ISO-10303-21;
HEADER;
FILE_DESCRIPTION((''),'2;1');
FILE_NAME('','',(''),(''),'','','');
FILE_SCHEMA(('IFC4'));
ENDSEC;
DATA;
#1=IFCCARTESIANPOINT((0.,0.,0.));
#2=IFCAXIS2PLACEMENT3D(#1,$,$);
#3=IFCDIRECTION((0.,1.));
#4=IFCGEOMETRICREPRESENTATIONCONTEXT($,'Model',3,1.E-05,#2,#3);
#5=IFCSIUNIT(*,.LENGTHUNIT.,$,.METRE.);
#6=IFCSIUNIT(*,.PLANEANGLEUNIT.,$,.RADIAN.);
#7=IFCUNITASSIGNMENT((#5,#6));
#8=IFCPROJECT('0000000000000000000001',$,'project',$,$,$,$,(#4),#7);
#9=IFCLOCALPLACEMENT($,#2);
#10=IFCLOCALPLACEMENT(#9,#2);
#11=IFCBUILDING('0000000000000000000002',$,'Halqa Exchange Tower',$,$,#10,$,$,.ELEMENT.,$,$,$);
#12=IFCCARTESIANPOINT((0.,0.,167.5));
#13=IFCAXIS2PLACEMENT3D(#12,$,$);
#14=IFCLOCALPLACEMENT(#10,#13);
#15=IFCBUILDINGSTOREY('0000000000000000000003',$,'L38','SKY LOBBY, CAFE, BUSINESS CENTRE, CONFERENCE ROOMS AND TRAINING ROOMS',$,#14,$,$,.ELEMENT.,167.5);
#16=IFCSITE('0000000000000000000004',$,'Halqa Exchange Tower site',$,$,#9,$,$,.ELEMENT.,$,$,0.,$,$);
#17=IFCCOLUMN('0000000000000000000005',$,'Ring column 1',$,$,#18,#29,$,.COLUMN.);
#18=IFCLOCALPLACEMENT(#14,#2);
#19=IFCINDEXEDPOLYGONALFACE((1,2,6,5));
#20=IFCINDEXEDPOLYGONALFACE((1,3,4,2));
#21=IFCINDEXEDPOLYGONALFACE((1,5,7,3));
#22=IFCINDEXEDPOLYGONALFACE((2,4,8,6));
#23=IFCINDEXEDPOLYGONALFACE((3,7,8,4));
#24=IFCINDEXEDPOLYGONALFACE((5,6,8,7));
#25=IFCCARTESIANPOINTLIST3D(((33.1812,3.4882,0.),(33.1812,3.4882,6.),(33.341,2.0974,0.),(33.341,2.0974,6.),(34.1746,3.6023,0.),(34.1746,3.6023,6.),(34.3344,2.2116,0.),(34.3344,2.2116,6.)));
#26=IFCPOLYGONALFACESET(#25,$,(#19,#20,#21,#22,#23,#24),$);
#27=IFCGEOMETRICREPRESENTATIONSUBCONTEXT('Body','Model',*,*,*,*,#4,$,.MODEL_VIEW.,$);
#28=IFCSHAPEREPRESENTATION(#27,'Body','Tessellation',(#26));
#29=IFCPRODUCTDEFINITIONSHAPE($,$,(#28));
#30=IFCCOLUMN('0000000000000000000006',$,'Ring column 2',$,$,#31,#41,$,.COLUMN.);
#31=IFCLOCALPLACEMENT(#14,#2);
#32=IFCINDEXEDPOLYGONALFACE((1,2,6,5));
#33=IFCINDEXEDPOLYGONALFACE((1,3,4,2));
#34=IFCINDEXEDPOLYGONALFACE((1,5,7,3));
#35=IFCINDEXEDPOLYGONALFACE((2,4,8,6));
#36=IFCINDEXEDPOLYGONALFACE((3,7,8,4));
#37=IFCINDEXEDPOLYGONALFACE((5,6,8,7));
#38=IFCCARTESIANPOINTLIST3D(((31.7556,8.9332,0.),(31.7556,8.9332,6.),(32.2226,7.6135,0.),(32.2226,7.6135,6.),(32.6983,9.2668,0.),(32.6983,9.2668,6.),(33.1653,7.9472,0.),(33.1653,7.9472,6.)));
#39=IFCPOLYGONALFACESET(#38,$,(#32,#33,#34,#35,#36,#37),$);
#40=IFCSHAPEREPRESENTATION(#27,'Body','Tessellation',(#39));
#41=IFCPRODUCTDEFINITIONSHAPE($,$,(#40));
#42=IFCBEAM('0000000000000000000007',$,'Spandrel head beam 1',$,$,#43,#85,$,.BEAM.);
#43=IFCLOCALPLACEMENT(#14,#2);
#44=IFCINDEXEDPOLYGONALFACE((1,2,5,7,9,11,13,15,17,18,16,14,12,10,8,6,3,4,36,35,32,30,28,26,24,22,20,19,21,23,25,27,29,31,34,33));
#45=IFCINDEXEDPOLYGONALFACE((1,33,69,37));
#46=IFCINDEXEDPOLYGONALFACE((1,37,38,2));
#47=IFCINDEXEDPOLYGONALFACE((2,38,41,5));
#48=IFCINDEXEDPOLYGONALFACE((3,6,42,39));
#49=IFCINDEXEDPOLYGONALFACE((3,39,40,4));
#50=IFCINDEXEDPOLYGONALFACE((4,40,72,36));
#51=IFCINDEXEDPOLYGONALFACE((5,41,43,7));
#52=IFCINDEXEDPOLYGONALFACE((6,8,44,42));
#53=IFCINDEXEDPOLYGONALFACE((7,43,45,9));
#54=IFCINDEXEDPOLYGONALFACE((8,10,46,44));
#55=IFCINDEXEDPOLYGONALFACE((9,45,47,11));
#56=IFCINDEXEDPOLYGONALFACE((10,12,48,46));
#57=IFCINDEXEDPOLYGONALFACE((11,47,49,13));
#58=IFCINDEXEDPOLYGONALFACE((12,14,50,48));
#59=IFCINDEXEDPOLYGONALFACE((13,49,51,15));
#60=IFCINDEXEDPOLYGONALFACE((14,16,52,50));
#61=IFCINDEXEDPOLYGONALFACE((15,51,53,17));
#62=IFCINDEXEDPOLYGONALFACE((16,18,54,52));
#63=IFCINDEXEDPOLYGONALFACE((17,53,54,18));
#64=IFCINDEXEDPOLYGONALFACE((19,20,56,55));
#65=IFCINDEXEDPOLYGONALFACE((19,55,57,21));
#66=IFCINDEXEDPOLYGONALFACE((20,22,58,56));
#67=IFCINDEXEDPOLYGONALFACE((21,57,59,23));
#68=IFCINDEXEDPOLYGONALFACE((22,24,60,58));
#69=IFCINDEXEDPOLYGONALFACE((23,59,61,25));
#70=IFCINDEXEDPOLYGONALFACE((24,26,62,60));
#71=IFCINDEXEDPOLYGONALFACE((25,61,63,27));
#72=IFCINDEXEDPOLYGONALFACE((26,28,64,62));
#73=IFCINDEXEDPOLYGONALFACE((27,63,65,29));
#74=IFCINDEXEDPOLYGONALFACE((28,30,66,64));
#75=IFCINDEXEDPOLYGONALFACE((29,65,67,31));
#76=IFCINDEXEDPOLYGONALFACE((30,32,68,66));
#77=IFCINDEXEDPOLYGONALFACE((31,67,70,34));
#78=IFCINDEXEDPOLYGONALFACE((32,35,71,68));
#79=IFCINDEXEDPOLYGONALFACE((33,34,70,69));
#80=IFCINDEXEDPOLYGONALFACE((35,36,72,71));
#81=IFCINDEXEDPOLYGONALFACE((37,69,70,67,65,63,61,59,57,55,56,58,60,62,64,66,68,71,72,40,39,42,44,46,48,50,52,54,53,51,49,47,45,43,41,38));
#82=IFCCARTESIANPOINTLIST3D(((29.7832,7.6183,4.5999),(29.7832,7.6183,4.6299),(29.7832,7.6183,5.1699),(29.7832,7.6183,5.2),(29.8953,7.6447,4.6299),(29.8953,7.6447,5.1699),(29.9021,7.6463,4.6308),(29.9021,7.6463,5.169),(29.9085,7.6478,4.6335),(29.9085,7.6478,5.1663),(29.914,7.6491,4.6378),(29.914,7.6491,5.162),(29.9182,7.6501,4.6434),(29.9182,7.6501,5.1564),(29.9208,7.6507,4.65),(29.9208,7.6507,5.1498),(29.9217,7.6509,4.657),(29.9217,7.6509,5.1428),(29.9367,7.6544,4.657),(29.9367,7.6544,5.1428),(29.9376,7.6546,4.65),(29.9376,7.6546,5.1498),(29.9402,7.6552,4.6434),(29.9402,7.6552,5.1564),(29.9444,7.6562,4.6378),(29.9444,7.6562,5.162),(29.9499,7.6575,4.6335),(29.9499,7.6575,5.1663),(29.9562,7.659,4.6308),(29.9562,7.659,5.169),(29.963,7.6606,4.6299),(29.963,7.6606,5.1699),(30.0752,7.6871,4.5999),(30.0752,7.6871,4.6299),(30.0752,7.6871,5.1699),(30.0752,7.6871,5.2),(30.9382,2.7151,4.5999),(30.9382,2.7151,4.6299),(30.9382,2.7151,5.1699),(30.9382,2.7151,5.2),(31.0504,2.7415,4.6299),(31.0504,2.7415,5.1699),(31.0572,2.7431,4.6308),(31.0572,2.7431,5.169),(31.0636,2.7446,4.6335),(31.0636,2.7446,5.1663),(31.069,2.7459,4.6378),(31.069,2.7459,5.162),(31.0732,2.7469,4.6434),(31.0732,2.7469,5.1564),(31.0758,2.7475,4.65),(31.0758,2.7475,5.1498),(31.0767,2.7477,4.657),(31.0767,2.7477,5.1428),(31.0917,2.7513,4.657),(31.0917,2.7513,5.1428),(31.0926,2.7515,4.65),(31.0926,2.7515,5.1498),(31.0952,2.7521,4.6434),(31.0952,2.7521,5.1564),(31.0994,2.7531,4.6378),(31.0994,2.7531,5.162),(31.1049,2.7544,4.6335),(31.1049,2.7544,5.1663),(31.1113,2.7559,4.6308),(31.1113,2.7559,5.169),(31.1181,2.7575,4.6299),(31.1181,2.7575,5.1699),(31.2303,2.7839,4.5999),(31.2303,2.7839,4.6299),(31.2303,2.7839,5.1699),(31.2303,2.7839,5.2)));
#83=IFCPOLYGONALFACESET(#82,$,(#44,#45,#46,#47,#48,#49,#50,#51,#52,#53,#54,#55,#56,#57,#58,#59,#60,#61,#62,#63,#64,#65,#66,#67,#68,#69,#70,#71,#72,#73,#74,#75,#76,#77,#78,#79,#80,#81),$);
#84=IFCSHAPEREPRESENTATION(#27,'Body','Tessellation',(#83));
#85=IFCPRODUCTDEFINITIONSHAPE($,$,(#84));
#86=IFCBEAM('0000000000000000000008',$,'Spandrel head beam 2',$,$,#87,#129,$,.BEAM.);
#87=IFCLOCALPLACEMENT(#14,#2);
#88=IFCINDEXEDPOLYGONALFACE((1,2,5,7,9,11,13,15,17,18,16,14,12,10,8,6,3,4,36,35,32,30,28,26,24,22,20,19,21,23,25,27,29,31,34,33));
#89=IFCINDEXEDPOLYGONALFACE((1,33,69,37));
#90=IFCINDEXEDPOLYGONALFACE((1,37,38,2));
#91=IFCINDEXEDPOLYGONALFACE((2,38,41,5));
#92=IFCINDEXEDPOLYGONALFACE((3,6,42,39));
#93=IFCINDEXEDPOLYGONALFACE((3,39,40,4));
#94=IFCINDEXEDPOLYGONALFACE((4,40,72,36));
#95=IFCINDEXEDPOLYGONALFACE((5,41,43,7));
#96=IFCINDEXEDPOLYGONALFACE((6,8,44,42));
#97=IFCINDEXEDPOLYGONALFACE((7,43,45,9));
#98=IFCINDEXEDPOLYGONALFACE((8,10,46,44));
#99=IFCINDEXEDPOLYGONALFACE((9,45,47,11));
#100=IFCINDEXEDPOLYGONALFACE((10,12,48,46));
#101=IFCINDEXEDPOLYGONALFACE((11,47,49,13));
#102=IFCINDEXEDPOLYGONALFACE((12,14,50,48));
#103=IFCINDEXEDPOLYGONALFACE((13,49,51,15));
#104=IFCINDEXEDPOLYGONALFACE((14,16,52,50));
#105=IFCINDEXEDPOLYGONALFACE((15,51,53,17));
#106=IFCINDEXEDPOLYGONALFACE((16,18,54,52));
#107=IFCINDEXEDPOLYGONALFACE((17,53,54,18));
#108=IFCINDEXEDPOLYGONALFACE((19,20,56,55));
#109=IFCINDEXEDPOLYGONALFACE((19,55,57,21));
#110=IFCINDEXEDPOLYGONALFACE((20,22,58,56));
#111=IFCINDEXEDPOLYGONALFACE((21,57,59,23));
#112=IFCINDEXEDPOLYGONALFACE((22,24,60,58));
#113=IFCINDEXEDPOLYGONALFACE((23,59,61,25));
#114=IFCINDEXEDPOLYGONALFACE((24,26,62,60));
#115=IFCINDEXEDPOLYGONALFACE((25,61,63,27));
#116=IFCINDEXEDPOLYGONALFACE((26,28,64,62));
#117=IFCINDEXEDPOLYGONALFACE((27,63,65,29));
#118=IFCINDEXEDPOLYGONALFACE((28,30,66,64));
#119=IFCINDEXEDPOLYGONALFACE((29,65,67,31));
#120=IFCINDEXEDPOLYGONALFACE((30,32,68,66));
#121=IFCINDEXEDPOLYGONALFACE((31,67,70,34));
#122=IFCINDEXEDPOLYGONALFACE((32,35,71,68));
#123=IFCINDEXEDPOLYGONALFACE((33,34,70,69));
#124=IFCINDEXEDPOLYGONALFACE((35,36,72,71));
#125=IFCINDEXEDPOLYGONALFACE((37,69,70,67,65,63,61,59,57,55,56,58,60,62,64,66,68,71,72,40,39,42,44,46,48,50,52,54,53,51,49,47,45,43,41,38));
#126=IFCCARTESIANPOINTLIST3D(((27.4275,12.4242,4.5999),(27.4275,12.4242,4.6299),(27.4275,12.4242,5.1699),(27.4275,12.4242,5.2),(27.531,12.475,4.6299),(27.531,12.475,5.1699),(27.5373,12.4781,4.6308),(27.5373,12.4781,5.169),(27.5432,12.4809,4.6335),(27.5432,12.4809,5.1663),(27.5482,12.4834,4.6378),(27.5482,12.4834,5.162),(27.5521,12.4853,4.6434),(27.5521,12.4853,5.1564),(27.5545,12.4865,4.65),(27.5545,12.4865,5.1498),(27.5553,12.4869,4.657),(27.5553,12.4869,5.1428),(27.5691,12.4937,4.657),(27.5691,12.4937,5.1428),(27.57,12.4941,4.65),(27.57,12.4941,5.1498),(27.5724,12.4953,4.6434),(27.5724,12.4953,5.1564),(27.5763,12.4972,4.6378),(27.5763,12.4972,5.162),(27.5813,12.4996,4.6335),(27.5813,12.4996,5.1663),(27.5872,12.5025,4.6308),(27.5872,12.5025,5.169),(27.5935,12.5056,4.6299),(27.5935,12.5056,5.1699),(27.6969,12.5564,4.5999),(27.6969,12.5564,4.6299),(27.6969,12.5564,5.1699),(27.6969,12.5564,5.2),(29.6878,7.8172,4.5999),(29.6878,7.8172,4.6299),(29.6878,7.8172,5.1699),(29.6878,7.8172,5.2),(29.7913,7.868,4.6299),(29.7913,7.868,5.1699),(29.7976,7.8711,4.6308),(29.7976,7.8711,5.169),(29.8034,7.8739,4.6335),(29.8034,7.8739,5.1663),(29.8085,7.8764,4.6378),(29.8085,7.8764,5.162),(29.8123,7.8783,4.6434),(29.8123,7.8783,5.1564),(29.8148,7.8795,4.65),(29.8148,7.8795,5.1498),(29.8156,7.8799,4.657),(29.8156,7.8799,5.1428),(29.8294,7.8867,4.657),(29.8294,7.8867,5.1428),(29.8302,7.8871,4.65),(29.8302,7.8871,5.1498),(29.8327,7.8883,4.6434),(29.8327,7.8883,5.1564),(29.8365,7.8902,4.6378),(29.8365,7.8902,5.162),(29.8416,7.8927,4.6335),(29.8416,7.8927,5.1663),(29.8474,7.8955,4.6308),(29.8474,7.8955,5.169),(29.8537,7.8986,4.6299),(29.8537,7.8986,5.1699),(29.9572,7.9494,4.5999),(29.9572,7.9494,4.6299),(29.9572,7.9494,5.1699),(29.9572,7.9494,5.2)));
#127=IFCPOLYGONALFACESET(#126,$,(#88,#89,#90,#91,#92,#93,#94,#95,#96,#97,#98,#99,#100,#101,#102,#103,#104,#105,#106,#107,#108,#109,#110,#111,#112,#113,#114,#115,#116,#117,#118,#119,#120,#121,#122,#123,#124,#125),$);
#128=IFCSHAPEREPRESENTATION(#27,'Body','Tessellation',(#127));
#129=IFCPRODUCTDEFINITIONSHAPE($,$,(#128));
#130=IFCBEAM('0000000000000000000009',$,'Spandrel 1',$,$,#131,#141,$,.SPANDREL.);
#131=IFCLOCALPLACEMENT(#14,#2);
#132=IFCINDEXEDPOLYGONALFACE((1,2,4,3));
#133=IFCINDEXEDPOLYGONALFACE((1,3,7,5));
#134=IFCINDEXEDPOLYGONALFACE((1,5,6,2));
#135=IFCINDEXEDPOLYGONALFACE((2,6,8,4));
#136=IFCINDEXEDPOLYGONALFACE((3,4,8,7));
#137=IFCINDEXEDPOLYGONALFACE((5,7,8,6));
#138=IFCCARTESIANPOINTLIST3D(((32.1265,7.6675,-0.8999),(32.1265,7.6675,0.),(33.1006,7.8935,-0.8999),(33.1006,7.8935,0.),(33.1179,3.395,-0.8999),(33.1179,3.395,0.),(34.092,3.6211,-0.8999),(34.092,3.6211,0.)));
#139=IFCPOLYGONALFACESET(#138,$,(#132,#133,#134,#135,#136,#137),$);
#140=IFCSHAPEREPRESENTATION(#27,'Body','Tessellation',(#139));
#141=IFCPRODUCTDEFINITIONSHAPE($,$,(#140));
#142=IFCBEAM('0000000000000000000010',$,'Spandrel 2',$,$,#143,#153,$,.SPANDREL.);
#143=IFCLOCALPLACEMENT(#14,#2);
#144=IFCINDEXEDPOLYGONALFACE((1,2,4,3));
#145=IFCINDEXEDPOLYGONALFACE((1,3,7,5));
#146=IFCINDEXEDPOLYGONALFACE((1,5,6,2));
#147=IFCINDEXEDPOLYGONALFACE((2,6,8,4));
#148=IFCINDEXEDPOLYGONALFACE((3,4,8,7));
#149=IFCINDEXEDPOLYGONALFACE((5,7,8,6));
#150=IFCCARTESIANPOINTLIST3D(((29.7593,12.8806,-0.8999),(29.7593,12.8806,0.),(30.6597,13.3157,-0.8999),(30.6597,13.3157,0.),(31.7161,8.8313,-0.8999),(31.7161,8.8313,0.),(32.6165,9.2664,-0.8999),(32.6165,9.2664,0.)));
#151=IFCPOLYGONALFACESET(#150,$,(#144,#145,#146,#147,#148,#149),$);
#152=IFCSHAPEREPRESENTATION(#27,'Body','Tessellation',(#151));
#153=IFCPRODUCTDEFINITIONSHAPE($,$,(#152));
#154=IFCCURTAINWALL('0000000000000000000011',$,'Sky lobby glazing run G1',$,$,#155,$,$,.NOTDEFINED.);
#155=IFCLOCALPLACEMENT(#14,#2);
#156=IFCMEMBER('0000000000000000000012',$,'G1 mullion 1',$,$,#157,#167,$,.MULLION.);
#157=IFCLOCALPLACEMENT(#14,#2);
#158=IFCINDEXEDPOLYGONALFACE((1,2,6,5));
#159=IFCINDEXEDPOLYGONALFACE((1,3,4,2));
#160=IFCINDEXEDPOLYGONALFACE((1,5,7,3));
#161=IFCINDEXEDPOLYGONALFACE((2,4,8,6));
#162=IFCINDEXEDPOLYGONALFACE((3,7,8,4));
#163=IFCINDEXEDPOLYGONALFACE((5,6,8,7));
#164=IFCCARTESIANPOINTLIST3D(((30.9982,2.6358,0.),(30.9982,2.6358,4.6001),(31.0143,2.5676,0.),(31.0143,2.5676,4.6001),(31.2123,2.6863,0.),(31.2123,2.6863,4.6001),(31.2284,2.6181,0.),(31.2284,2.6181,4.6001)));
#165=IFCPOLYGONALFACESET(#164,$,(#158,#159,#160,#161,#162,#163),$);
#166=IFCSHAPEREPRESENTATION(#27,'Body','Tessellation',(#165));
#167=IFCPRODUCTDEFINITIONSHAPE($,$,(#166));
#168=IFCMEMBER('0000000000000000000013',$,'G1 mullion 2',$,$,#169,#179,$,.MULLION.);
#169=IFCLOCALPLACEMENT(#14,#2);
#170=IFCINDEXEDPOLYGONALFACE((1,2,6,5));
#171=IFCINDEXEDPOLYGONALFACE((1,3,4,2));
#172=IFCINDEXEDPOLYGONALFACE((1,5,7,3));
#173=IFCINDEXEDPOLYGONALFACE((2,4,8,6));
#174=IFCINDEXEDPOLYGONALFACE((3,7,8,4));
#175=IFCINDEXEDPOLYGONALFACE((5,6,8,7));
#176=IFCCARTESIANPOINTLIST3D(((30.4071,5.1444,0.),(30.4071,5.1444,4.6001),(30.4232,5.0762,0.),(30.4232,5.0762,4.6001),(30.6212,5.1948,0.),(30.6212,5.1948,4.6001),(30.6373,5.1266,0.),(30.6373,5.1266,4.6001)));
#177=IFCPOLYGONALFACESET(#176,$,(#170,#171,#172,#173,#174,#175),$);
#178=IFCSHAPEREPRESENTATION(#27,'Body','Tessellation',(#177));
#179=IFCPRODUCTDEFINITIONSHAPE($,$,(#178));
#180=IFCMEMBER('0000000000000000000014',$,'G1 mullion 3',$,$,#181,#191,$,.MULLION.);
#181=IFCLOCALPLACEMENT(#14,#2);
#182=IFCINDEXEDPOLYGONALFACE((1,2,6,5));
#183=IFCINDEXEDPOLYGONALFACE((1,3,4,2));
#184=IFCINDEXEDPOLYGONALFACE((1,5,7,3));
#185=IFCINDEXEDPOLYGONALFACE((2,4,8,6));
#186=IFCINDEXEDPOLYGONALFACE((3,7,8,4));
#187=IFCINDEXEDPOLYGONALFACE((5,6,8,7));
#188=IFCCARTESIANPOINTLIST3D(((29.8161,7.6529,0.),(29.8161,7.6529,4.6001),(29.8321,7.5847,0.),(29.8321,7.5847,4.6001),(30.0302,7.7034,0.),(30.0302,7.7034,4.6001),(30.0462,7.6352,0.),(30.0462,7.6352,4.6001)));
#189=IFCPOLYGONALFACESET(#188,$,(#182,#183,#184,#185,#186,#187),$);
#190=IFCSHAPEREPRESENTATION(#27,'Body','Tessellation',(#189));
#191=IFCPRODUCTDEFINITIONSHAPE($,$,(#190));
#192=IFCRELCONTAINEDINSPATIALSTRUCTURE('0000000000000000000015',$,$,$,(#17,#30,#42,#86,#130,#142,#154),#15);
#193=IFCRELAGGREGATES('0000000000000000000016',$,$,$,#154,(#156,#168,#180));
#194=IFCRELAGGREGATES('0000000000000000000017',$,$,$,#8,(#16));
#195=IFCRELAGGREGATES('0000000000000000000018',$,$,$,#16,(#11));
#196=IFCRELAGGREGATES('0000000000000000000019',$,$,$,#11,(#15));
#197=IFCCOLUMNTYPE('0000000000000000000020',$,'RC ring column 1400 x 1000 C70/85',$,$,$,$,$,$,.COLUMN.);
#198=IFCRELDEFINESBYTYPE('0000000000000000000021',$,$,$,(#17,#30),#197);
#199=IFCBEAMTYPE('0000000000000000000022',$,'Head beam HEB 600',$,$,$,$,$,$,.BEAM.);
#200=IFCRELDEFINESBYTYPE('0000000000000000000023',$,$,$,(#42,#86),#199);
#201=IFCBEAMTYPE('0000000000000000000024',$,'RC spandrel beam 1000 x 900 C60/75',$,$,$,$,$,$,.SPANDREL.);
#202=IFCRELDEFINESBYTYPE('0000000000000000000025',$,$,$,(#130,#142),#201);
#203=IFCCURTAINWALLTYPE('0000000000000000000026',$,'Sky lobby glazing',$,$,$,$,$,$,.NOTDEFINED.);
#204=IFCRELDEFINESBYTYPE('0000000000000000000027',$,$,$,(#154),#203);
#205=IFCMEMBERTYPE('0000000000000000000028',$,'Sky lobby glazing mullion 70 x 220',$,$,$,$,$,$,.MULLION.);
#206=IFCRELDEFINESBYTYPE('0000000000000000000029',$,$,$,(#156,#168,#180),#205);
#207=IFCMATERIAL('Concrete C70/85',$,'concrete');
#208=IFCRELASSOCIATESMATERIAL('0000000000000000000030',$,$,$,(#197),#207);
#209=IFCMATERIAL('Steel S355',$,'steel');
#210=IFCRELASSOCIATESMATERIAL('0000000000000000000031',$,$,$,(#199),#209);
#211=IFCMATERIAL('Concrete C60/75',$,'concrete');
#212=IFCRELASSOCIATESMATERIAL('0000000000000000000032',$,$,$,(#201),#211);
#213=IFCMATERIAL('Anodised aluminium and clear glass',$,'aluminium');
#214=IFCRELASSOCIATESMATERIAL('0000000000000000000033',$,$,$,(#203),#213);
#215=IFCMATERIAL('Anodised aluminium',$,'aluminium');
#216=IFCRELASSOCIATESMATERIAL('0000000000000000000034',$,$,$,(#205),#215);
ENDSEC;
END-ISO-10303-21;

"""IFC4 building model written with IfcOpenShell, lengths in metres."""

from ifc_helpers import new_model, si_unit, direction, frame, origin, origin_2d, place, context, subcontext, project, spatial, rectangle, i_section, extrude, material, material_profile, profile_set, type_object, element, aggregate, save


model = new_model("IFC4")

# Units and contexts
model_context = context("Model", 3, precision=1e-05, world=origin(), true_north=direction((0.0, 1.0)))
body_context = subcontext(model_context, "Body", "Model", "MODEL_VIEW")
ifc_project = project(units=[si_unit("LENGTHUNIT", "METRE"), si_unit("PLANEANGLEUNIT", "RADIAN")], contexts=[model_context])

# Site, building, storey
site_placement = place(None, origin())
site = spatial("IfcSite", under=ifc_project, at=site_placement, Name="Halqa Exchange Tower site", CompositionType="ELEMENT", RefElevation=0.0)
building_placement = place(site_placement, origin())
building = spatial("IfcBuilding", under=site, at=building_placement, Name="Halqa Exchange Tower", CompositionType="ELEMENT")
storey_placement = place(building_placement, frame((0.0, 0.0, 167.5)))
storey = spatial("IfcBuildingStorey", under=building, at=storey_placement, Name="L38", Description="SKY LOBBY, CAFE, BUSINESS CENTRE, CONFERENCE ROOMS AND TRAINING ROOMS", CompositionType="ELEMENT", Elevation=167.5)

# Columns
ifc_material_1 = material(Name="Concrete C70/85", Category="concrete")
ifc_material_profile_1 = material_profile(ifc_material_1, rectangle(XDim=1.3999, YDim=1.0, at=origin_2d()), Name="1400 x 1000")
ifc_profile_set_1 = profile_set([ifc_material_profile_1], Name="Concrete C70/85")
column_type = type_object("IfcColumnType", Name="RC ring column 1400 x 1000 C70/85", PredefinedType="COLUMN", material=ifc_profile_set_1)
for number, where, z_axis, x_axis, name in (
    (1, (33.7578, 2.8499, 0.0), (0.0, 0.0, 1.0), (-0.114155, 0.993463, 0.0), "Ring column 1"),
    (2, (32.4604, 8.4402, 0.0), (0.0, 0.0, 1.0), (-0.333634, 0.942703, 0.0), "Ring column 2"),
):
    element("IfcColumn", number, at=place(storey_placement, frame(where, z_axis=z_axis, x_axis=x_axis)), inside=storey, type_object=column_type, Name=name, PredefinedType="COLUMN", context=body_context, shape_type="SweptSolid", body=[
        extrude(rectangle(XDim=1.3999, YDim=1.0, at=origin_2d()), origin(), (0.0, 0.0, 1.0), 6.0),
    ])

# Beams
ifc_material_2 = material(Name="Steel S355", Category="steel")
ifc_material_profile_2 = material_profile(ifc_material_2, i_section(OverallWidth=0.3, OverallDepth=0.6001, WebThickness=0.0154, FlangeThickness=0.03, FilletRadius=0.0271, at=origin_2d()), Name="HEB 600")
ifc_profile_set_2 = profile_set([ifc_material_profile_2], Name="Steel S355")
beam_type_1 = type_object("IfcBeamType", Name="Head beam HEB 600", PredefinedType="BEAM", material=ifc_profile_set_2)
beam_1_placement = place(storey_placement, frame((31.0842, 2.7495, 4.8999), z_axis=(-0.229296, 0.973357, 0.0), x_axis=(-0.973357, -0.229296, 0.0)))
element("IfcBeam", 3, at=beam_1_placement, inside=storey, type_object=beam_type_1, Name="Spandrel head beam 1", PredefinedType="BEAM", context=body_context, shape_type="SweptSolid", body=[
    extrude(i_section(OverallWidth=0.3, OverallDepth=0.6001, WebThickness=0.0154, FlangeThickness=0.03, FilletRadius=0.0271, at=origin_2d()), origin(), (0.0, 0.0, 1.0), 5.0374),
])
beam_2_placement = place(storey_placement, frame((29.8225, 7.8833, 4.8999), z_axis=(-0.440464, 0.89777, 0.0), x_axis=(-0.89777, -0.440464, 0.0)))
element("IfcBeam", 4, at=beam_2_placement, inside=storey, type_object=beam_type_1, Name="Spandrel head beam 2", PredefinedType="BEAM", context=body_context, shape_type="SweptSolid", body=[
    extrude(i_section(OverallWidth=0.3, OverallDepth=0.6001, WebThickness=0.0154, FlangeThickness=0.03, FilletRadius=0.0271, at=origin_2d()), origin(), (0.0, 0.0, 1.0), 5.1316),
])
ifc_material_3 = material(Name="Concrete C60/75", Category="concrete")
ifc_material_profile_3 = material_profile(ifc_material_3, rectangle(XDim=1.0, YDim=0.8999, at=origin_2d()), Name="1000 x 900")
ifc_profile_set_3 = profile_set([ifc_material_profile_3], Name="Concrete C60/75")
beam_type_2 = type_object("IfcBeamType", Name="RC spandrel beam 1000 x 900 C60/75", PredefinedType="SPANDREL", material=ifc_profile_set_3)
beam_3_placement = place(storey_placement, frame((33.605, 3.5081, -0.45), z_axis=(-0.22605, 0.974116, 0.0), x_axis=(-0.974116, -0.22605, 0.0)))
element("IfcBeam", 5, at=beam_3_placement, inside=storey, type_object=beam_type_2, Name="Spandrel 1", PredefinedType="SPANDREL", context=body_context, shape_type="SweptSolid", body=[
    extrude(rectangle(XDim=1.0, YDim=0.8999, at=origin_2d()), origin(), (0.0, 0.0, 1.0), 4.386),
])
beam_4_placement = place(storey_placement, frame((32.1663, 9.0488, -0.45), z_axis=(-0.4351, 0.900382, 0.0), x_axis=(-0.900382, -0.4351, 0.0)))
element("IfcBeam", 6, at=beam_4_placement, inside=storey, type_object=beam_type_2, Name="Spandrel 2", PredefinedType="SPANDREL", context=body_context, shape_type="SweptSolid", body=[
    extrude(rectangle(XDim=1.0, YDim=0.8999, at=origin_2d()), origin(), (0.0, 0.0, 1.0), 4.4973),
])

# Curtain wall, members
ifc_material_4 = material(Name="Anodised aluminium and clear glass", Category="aluminium")
curtain_wall_type = type_object("IfcCurtainWallType", Name="Sky lobby glazing", PredefinedType="NOTDEFINED", material=ifc_material_4)
curtain_wall_1_placement = place(storey_placement, origin())
curtain_wall_1 = element("IfcCurtainWall", 7, at=curtain_wall_1_placement, inside=storey, type_object=curtain_wall_type, Name="Sky lobby glazing run G1", PredefinedType="NOTDEFINED")
ifc_material_5 = material(Name="Anodised aluminium", Category="aluminium")
ifc_material_profile_4 = material_profile(ifc_material_5, rectangle(XDim=0.22, YDim=0.0701, at=origin_2d()), Name="AL 70x220")
ifc_profile_set_4 = profile_set([ifc_material_profile_4], Name="Anodised aluminium")
member_type_1 = type_object("IfcMemberType", Name="Sky lobby glazing mullion 70 x 220", PredefinedType="MULLION", material=ifc_profile_set_4)
member_1_placement = place(storey_placement, frame((31.1133, 2.627, 0.0), z_axis=(0.0, 0.0, 1.0), x_axis=(-0.973352, -0.229318, 0.0)))
member_1 = element("IfcMember", 8, at=member_1_placement, type_object=member_type_1, Name="G1 mullion 1", PredefinedType="MULLION", context=body_context, shape_type="SweptSolid", body=[
    extrude(rectangle(XDim=0.22, YDim=0.0701, at=origin_2d()), origin(), (0.0, 0.0, 1.0), 4.6001),
])
member_2_placement = place(storey_placement, frame((30.5222, 5.1355, 0.0), z_axis=(0.0, 0.0, 1.0), x_axis=(-0.973352, -0.229318, 0.0)))
member_2 = element("IfcMember", 9, at=member_2_placement, type_object=member_type_1, Name="G1 mullion 2", PredefinedType="MULLION", context=body_context, shape_type="SweptSolid", body=[
    extrude(rectangle(XDim=0.22, YDim=0.0701, at=origin_2d()), origin(), (0.0, 0.0, 1.0), 4.6001),
])
member_3_placement = place(storey_placement, frame((29.9312, 7.644, 0.0), z_axis=(0.0, 0.0, 1.0), x_axis=(-0.973352, -0.229318, 0.0)))
member_3 = element("IfcMember", 10, at=member_3_placement, type_object=member_type_1, Name="G1 mullion 3", PredefinedType="MULLION", context=body_context, shape_type="SweptSolid", body=[
    extrude(rectangle(XDim=0.22, YDim=0.0701, at=origin_2d()), origin(), (0.0, 0.0, 1.0), 4.6001),
])

aggregate(curtain_wall_1, [member_1, member_2, member_3])

save(model, "model.ifc")
